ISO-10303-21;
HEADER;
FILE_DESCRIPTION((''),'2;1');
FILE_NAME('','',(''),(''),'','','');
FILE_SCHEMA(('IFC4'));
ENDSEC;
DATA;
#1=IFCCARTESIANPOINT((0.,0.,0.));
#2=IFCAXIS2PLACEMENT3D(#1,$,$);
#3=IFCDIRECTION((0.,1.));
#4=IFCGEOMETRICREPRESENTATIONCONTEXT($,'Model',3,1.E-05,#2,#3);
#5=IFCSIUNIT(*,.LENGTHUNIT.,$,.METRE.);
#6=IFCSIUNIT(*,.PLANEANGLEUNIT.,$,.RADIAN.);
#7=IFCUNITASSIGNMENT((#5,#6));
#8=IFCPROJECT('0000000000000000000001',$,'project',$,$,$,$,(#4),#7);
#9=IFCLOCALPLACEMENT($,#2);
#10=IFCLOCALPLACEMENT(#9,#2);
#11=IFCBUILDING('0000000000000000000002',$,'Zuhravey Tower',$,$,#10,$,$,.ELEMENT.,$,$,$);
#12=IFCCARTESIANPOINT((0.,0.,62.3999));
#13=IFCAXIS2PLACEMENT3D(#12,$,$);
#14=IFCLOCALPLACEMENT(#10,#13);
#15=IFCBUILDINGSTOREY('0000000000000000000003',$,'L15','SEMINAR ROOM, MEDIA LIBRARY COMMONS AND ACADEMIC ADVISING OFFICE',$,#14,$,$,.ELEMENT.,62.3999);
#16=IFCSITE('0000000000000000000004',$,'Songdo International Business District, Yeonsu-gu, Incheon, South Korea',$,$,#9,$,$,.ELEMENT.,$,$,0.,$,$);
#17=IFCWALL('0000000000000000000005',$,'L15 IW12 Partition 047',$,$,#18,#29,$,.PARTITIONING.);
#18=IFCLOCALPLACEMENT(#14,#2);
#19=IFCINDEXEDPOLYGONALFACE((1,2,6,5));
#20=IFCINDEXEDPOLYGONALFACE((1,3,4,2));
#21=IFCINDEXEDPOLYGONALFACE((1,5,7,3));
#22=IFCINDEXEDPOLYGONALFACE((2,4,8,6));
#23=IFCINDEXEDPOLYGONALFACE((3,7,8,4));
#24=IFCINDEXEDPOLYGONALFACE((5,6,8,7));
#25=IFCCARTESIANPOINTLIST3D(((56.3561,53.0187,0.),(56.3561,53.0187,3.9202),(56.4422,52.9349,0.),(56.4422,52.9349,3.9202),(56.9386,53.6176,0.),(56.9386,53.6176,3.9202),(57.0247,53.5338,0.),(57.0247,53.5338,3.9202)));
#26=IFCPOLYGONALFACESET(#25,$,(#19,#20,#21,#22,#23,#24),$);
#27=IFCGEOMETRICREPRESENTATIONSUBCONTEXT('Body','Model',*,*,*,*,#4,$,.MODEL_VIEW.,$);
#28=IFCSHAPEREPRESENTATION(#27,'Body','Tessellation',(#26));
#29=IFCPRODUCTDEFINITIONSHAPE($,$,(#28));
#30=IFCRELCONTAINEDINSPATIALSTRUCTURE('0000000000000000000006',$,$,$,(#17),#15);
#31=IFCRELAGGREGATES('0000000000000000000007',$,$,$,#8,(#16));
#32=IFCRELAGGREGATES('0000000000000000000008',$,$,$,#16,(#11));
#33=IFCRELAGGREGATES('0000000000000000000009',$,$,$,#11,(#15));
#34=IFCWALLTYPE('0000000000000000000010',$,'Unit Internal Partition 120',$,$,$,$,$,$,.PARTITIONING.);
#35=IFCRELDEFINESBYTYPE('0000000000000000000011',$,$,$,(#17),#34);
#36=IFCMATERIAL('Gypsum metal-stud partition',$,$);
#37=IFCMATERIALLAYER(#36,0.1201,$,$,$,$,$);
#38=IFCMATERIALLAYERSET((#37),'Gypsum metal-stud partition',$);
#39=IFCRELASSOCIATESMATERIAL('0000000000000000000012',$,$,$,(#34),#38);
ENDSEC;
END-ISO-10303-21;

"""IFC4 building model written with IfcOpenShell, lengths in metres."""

from ifc_helpers import new_model, si_unit, direction, frame, frame_2d, origin, place, context, subcontext, project, spatial, rectangle, extrude, material, layer, layer_set, type_object, element, save


model = new_model("IFC4")

# Units and contexts
model_context = context("Model", 3, precision=1e-05, world=origin(), true_north=direction((0.0, 1.0)))
body_context = subcontext(model_context, "Body", "Model", "MODEL_VIEW")
ifc_project = project(units=[si_unit("LENGTHUNIT", "METRE"), si_unit("PLANEANGLEUNIT", "RADIAN")], contexts=[model_context])

# Site, building, storey
site_placement = place(None, origin())
site = spatial("IfcSite", under=ifc_project, at=site_placement, Name="Songdo International Business District, Yeonsu-gu, Incheon, South Korea", CompositionType="ELEMENT", RefElevation=0.0)
building_placement = place(site_placement, origin())
building = spatial("IfcBuilding", under=site, at=building_placement, Name="Zuhravey Tower", CompositionType="ELEMENT")
storey_placement = place(building_placement, frame((0.0, 0.0, 62.3999)))
storey = spatial("IfcBuildingStorey", under=building, at=storey_placement, Name="L15", Description="SEMINAR ROOM, MEDIA LIBRARY COMMONS AND ACADEMIC ADVISING OFFICE", CompositionType="ELEMENT", Elevation=62.3999)

# Wall
ifc_material_1 = material(Name="Gypsum metal-stud partition")
ifc_layer_1 = layer(ifc_material_1, 0.1201)
ifc_layer_set_1 = layer_set([ifc_layer_1], Name="Gypsum metal-stud partition")
wall_type_1 = type_object("IfcWallType", Name="Unit Internal Partition 120", PredefinedType="PARTITIONING", material=ifc_layer_set_1)
wall_1_placement = place(storey_placement, frame((56.3992, 52.9768, 0.0), z_axis=(0.0, 0.0, 1.0), x_axis=(0.697249, 0.716829, 0.0)))
element("IfcWall", 1, at=wall_1_placement, inside=storey, type_object=wall_type_1, Name="L15 IW12 Partition 047", PredefinedType="PARTITIONING", context=body_context, shape_type="SweptSolid", body=[
    extrude(rectangle(XDim=0.8354, YDim=0.1201, at=frame_2d((0.4177, 0.0))), origin(), (0.0, 0.0, 1.0), 3.9202),
])

save(model, "model.ifc")
